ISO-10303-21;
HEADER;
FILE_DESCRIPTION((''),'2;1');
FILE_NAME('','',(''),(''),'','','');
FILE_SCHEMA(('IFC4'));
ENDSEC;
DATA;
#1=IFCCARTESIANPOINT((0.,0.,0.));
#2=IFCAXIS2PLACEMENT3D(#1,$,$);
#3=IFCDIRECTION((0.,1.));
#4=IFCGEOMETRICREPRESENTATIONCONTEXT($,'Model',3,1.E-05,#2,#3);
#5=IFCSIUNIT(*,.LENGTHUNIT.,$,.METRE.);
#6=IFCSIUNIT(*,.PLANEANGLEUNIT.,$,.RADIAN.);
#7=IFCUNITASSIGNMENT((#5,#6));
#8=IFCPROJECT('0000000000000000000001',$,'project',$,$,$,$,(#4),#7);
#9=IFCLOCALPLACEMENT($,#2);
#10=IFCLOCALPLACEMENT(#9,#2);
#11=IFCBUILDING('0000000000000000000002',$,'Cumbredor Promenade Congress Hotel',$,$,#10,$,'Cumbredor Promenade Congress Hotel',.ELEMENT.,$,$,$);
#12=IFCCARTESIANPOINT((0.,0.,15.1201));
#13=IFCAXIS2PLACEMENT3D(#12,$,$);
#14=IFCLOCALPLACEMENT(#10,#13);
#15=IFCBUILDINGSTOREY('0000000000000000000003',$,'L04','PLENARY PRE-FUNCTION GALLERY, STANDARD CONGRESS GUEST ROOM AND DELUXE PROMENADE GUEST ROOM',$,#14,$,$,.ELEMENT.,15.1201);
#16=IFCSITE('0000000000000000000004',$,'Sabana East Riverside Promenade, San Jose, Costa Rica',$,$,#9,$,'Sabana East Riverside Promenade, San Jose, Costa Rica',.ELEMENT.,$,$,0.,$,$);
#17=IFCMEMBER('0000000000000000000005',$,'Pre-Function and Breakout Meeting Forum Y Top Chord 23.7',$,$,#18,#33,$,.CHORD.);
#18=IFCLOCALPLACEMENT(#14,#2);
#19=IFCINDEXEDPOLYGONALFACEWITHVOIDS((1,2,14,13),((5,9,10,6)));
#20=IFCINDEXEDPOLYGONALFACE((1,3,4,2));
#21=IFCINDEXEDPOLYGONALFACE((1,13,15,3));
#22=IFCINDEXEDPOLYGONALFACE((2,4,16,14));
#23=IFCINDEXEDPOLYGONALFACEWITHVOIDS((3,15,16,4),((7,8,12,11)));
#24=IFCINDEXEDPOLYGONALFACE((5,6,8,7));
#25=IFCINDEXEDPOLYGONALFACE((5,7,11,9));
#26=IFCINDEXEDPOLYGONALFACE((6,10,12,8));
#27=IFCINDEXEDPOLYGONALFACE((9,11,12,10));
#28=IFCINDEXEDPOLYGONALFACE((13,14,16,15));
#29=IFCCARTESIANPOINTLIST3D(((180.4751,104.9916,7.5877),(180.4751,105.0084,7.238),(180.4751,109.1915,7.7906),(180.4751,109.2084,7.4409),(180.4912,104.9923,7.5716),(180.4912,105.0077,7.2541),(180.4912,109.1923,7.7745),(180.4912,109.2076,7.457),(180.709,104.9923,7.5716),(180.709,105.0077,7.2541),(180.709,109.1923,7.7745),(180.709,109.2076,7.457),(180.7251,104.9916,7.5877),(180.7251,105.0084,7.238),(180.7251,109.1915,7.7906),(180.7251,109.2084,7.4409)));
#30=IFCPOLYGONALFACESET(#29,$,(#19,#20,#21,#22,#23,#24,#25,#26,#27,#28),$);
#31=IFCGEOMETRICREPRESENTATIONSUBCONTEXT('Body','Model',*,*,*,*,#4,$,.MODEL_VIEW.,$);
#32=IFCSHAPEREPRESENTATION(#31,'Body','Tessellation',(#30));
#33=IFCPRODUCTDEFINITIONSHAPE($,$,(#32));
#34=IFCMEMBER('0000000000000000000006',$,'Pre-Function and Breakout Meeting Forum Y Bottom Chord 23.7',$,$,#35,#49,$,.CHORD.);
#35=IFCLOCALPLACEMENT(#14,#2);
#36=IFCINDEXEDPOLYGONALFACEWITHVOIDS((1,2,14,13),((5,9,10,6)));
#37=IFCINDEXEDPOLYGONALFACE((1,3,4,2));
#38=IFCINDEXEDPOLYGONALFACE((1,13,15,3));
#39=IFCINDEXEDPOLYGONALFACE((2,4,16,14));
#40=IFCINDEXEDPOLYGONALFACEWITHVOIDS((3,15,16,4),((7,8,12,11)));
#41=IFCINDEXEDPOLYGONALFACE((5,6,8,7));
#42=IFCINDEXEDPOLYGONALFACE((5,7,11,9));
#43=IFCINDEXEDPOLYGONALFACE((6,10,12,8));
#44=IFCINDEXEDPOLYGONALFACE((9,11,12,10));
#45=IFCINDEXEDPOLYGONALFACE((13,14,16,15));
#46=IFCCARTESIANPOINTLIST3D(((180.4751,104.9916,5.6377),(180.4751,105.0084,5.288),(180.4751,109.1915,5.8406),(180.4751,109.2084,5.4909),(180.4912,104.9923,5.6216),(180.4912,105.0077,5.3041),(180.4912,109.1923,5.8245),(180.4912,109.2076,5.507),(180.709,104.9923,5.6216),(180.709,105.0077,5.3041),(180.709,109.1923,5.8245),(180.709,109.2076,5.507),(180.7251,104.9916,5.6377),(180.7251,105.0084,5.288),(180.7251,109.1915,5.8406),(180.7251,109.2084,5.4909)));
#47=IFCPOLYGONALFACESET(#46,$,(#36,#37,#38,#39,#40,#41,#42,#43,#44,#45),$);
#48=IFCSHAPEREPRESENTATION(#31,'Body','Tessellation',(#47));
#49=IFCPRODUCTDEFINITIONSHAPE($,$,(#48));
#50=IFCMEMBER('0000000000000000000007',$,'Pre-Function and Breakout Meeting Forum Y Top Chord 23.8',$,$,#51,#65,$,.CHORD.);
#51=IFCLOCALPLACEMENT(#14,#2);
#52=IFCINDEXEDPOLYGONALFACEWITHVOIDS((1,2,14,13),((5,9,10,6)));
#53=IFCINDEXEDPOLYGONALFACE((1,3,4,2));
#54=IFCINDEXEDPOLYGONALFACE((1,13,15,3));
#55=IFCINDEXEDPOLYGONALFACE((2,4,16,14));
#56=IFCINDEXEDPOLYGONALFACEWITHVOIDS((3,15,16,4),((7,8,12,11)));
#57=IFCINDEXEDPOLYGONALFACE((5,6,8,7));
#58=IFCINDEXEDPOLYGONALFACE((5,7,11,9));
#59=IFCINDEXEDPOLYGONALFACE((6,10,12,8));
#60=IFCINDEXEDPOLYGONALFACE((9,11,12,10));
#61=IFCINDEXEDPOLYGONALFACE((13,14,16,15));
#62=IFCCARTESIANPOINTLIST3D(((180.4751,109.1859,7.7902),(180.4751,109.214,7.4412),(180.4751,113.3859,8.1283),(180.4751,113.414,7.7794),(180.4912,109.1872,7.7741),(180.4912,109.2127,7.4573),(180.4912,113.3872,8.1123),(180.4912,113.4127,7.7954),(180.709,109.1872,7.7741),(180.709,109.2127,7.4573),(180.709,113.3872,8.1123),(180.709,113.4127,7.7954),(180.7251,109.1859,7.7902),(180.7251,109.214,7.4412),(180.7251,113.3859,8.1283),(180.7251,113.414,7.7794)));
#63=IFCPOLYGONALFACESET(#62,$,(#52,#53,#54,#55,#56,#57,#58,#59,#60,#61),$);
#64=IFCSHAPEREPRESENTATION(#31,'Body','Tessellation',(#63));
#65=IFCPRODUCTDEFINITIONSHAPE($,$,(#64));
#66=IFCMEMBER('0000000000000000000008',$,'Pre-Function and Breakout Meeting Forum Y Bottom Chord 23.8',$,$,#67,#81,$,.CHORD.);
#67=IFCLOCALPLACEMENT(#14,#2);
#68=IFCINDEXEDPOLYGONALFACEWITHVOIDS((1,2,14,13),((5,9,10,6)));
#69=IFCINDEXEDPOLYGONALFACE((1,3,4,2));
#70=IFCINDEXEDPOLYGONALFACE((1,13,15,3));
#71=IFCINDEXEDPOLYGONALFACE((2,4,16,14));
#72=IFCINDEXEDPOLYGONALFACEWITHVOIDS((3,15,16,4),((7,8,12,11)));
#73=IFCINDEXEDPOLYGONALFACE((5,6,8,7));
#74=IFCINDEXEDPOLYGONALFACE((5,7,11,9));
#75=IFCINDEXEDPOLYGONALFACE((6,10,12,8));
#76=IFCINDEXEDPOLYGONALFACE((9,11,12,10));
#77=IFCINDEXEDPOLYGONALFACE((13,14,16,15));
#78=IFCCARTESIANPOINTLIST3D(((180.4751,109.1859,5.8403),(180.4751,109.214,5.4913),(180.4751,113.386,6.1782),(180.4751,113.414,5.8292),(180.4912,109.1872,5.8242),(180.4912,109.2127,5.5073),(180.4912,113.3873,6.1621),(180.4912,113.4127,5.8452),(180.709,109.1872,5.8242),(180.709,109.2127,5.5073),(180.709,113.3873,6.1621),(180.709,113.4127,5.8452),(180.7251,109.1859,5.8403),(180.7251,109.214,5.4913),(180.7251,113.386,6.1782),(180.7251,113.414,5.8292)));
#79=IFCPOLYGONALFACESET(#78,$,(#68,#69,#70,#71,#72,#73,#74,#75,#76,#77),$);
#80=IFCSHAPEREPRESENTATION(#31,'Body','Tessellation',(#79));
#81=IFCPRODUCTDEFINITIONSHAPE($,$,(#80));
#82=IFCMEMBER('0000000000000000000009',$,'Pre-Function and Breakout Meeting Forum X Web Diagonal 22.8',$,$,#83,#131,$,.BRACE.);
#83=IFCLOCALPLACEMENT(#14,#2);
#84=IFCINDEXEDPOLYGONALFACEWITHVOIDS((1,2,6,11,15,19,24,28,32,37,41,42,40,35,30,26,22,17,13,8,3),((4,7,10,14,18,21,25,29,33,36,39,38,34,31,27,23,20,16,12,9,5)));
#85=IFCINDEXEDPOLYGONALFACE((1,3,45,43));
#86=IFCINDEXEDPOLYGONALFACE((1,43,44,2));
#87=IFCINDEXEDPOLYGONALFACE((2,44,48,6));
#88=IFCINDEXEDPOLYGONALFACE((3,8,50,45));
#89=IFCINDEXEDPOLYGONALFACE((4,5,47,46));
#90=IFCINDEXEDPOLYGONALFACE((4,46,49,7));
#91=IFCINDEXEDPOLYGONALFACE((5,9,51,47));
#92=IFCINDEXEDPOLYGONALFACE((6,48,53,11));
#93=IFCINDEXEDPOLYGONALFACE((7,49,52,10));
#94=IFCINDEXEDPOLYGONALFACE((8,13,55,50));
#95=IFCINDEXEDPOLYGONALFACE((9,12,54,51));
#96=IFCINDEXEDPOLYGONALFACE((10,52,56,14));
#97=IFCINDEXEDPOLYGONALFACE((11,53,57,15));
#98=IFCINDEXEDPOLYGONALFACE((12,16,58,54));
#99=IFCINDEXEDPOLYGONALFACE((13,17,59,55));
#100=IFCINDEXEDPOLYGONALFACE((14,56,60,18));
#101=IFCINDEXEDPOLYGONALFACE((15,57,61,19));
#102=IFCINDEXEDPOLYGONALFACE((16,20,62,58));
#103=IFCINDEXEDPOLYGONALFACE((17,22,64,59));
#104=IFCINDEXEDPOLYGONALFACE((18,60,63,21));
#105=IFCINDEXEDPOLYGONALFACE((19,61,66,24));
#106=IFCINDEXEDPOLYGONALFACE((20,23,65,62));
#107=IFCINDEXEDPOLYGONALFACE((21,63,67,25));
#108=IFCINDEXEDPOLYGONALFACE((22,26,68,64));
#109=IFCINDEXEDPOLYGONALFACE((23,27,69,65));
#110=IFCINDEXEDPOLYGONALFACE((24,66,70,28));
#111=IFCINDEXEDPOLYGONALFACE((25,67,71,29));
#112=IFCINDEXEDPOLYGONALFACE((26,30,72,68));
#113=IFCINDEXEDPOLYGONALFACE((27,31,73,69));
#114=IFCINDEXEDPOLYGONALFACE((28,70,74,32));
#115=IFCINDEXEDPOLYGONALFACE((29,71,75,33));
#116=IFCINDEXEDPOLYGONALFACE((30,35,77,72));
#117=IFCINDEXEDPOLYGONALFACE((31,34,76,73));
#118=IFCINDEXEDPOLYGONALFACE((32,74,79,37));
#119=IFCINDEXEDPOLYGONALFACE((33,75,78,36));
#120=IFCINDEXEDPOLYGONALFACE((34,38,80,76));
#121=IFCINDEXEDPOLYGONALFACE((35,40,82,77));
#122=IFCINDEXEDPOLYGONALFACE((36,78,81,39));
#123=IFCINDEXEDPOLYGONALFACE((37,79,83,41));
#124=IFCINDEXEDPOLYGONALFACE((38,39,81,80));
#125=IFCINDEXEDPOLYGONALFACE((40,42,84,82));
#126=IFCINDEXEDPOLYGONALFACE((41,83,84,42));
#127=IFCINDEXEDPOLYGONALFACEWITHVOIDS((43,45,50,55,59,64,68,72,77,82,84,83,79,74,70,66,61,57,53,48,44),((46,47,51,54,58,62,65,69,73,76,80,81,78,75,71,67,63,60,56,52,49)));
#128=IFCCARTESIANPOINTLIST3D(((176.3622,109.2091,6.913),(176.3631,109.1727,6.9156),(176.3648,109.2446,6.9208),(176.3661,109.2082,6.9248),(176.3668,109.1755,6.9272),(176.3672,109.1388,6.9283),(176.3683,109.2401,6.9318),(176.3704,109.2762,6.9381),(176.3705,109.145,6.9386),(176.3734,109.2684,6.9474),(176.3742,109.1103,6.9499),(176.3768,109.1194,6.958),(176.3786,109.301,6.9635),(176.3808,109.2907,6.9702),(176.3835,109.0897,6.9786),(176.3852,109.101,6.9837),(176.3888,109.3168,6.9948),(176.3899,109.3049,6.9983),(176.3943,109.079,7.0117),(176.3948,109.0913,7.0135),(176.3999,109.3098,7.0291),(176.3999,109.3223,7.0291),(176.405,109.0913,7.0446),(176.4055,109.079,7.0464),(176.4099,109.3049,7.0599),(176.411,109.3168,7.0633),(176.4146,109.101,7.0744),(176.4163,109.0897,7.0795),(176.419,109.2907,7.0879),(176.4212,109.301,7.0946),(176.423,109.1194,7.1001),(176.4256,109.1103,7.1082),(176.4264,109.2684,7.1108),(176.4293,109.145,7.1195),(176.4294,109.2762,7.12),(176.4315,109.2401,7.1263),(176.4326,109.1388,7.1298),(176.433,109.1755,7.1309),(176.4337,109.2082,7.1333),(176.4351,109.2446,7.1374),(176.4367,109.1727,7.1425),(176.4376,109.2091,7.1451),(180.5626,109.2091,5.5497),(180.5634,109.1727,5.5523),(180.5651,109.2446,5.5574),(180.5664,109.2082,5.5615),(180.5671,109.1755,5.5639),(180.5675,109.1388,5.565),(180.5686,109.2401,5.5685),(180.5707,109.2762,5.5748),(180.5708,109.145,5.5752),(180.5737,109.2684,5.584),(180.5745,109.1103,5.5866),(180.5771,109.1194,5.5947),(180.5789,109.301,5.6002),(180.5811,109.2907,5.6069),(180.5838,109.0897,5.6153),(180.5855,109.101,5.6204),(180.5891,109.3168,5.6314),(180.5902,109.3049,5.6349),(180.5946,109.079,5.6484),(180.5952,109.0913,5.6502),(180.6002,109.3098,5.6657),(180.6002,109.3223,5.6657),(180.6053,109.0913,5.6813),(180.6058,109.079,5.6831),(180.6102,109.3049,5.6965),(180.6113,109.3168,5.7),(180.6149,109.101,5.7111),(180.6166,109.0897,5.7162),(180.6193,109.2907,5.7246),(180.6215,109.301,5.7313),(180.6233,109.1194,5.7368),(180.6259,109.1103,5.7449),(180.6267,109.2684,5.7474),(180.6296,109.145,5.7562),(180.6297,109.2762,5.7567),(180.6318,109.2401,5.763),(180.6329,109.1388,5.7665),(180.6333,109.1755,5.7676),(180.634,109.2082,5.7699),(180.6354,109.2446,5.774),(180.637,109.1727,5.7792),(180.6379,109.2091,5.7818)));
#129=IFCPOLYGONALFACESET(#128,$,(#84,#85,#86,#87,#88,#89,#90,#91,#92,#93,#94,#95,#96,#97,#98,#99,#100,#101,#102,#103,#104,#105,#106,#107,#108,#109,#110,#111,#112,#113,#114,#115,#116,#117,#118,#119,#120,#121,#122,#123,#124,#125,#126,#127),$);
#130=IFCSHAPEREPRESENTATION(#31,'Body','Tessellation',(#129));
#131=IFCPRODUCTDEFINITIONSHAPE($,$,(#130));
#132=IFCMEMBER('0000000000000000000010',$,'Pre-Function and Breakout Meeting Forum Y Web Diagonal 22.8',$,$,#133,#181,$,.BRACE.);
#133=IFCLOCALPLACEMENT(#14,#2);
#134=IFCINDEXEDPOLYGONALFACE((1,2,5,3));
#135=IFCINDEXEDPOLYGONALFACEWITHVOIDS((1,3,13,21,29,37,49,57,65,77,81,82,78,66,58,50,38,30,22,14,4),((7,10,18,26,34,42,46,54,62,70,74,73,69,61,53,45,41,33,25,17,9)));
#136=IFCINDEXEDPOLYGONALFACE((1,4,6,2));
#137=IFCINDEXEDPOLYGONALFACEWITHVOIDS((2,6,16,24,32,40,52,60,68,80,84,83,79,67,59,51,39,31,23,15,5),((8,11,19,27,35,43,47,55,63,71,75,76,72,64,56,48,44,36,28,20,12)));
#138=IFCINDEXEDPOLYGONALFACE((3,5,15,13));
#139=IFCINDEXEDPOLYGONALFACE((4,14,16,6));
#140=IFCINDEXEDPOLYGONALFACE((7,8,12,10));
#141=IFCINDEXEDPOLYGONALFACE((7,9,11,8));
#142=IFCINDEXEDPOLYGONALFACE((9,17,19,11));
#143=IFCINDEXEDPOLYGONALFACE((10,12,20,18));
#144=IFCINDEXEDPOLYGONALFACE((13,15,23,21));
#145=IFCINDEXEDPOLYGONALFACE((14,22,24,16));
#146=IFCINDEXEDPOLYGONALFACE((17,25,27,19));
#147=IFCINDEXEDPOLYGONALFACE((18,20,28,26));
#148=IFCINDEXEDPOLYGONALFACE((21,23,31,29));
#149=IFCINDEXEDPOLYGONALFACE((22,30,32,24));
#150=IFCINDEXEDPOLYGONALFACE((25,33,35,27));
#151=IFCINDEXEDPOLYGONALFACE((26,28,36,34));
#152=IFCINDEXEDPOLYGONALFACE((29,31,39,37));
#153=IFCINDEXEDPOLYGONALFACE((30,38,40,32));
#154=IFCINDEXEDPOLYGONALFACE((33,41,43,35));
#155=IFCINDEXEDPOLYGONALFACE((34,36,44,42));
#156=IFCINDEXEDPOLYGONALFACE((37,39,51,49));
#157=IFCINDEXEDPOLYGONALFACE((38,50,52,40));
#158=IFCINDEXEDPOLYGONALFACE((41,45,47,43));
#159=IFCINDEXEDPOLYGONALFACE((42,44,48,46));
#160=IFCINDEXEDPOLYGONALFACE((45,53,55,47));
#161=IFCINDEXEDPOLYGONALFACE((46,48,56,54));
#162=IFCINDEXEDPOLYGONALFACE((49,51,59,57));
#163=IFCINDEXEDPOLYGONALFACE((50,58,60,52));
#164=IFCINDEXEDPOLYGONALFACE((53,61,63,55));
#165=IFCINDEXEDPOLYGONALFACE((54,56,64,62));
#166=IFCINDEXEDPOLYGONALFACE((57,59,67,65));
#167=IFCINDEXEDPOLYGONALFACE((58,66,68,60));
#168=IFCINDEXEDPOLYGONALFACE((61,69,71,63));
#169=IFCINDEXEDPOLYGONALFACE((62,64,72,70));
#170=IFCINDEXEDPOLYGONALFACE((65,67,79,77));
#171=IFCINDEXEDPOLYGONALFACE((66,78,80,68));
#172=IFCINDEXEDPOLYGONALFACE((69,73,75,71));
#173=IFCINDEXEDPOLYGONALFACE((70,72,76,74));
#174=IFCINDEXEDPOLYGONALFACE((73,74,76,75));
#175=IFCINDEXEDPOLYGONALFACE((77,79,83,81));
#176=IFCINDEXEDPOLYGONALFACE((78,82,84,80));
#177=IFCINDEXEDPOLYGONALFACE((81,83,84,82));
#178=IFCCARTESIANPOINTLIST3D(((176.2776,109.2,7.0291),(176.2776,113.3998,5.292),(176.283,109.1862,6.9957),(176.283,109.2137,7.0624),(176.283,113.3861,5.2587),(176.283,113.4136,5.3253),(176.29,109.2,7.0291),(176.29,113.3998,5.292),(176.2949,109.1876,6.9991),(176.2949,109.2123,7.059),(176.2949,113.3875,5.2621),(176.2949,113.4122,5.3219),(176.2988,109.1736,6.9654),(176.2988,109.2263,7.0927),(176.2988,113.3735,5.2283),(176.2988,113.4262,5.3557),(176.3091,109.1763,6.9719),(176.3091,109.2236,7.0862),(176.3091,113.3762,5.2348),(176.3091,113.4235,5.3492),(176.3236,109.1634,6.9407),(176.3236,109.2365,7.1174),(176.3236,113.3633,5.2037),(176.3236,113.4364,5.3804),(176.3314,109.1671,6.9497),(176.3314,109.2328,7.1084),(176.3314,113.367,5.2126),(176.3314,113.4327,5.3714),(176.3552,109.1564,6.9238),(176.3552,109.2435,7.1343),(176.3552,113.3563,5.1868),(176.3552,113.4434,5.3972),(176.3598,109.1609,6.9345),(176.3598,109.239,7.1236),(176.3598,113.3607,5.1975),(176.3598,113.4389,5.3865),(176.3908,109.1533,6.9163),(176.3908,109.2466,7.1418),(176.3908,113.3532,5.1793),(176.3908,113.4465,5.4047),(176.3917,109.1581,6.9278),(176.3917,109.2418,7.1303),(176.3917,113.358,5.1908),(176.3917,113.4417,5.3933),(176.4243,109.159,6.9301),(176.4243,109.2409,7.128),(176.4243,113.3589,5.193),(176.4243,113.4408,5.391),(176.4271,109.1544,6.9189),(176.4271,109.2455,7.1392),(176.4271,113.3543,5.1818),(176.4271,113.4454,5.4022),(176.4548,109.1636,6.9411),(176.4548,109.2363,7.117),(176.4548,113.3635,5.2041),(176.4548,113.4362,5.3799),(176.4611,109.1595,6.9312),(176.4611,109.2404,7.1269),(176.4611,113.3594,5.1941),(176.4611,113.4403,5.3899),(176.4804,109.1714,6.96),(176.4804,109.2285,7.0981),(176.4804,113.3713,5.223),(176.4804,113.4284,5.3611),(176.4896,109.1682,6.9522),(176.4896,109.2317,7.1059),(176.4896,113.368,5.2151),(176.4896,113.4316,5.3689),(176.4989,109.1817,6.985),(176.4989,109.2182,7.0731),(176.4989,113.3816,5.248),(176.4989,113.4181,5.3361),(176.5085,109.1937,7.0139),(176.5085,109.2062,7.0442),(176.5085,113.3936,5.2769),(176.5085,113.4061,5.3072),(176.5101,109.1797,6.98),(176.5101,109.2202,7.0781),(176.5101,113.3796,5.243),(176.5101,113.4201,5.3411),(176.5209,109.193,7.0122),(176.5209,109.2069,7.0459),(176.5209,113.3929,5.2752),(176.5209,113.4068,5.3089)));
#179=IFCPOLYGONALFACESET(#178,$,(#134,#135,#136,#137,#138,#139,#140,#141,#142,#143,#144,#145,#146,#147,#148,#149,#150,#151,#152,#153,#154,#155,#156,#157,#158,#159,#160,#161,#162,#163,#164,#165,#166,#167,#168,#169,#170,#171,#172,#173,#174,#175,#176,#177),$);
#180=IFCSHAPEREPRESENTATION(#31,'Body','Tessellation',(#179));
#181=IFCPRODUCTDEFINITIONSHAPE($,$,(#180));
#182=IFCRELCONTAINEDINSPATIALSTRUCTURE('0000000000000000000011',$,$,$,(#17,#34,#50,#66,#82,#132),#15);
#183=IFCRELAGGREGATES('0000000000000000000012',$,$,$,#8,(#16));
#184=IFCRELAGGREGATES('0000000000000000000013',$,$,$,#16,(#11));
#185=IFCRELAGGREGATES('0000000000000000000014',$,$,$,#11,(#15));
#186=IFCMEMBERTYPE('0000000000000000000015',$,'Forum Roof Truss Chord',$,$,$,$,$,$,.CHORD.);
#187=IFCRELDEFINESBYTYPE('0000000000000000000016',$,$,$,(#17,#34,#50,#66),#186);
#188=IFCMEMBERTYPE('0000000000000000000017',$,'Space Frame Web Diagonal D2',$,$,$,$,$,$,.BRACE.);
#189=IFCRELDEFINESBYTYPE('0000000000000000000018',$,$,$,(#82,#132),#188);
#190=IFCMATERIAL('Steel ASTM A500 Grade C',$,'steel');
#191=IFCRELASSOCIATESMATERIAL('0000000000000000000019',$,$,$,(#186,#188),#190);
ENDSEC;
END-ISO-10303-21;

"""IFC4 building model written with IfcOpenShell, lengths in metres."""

from ifc_helpers import new_model, si_unit, direction, frame, origin, origin_2d, place, context, subcontext, project, spatial, hollow_rectangle, hollow_circle, extrude, material, material_profile, profile_set, type_object, element, save


model = new_model("IFC4")

# Units and contexts
model_context = context("Model", 3, precision=1e-05, world=origin(), true_north=direction((0.0, 1.0)))
body_context = subcontext(model_context, "Body", "Model", "MODEL_VIEW")
ifc_project = project(units=[si_unit("LENGTHUNIT", "METRE"), si_unit("PLANEANGLEUNIT", "RADIAN")], contexts=[model_context])

# Site, building, storey
site_placement = place(None, origin())
site = spatial("IfcSite", under=ifc_project, at=site_placement, Name="Sabana East Riverside Promenade, San Jose, Costa Rica", LongName="Sabana East Riverside Promenade, San Jose, Costa Rica", CompositionType="ELEMENT", RefElevation=0.0)
building_placement = place(site_placement, origin())
building = spatial("IfcBuilding", under=site, at=building_placement, Name="Cumbredor Promenade Congress Hotel", LongName="Cumbredor Promenade Congress Hotel", CompositionType="ELEMENT")
storey_placement = place(building_placement, frame((0.0, 0.0, 15.1201)))
storey = spatial("IfcBuildingStorey", under=building, at=storey_placement, Name="L04", Description="PLENARY PRE-FUNCTION GALLERY, STANDARD CONGRESS GUEST ROOM AND DELUXE PROMENADE GUEST ROOM", CompositionType="ELEMENT", Elevation=15.1201)

# Members
ifc_material_1 = material(Name="Steel ASTM A500 Grade C", Category="steel")
ifc_material_profile_1 = material_profile(ifc_material_1, hollow_rectangle(XDim=0.25, YDim=0.3501, WallThickness=0.0161, at=origin_2d()), Name="HSS 350x250x16")
ifc_profile_set_1 = profile_set([ifc_material_profile_1], Name="Steel ASTM A500 Grade C")
member_type_1 = type_object("IfcMemberType", Name="Forum Roof Truss Chord", PredefinedType="CHORD", material=ifc_profile_set_1)
for number, where, z_axis, x_axis, name in (
    (1, (180.6001, 105.0, 7.4128), (0.0, 0.998835, 0.048249), (-1.0, 0.0, 0.0), "Pre-Function and Breakout Meeting Forum Y Top Chord 23.7"),
    (2, (180.6001, 105.0, 5.4629), (0.0, 0.998835, 0.048249), (-1.0, 0.0, 0.0), "Pre-Function and Breakout Meeting Forum Y Bottom Chord 23.7"),
):
    element("IfcMember", number, at=place(storey_placement, frame(where, z_axis=z_axis, x_axis=x_axis)), inside=storey, type_object=member_type_1, Name=name, PredefinedType="CHORD", context=body_context, shape_type="SweptSolid", body=[
        extrude(hollow_rectangle(XDim=0.25, YDim=0.3501, WallThickness=0.0161, at=origin_2d()), origin(), (0.0, 0.0, 1.0), 4.2048),
    ])
for number, where, z_axis, x_axis, name in (
    (3, (180.6001, 109.2, 7.6157), (0.0, 0.996775, 0.08025), (-1.0, 0.0, 0.0), "Pre-Function and Breakout Meeting Forum Y Top Chord 23.8"),
    (4, (180.6001, 109.2, 5.6658), (0.0, 0.996779, 0.080192), (-1.0, 0.0, 0.0), "Pre-Function and Breakout Meeting Forum Y Bottom Chord 23.8"),
):
    element("IfcMember", number, at=place(storey_placement, frame(where, z_axis=z_axis, x_axis=x_axis)), inside=storey, type_object=member_type_1, Name=name, PredefinedType="CHORD", context=body_context, shape_type="SweptSolid", body=[
        extrude(hollow_rectangle(XDim=0.25, YDim=0.3501, WallThickness=0.0161, at=origin_2d()), origin(), (0.0, 0.0, 1.0), 4.2136),
    ])
ifc_material_profile_2 = material_profile(ifc_material_1, hollow_circle(Radius=0.1223, WallThickness=0.0125, at=origin_2d()), Name="CHS 244.5x12.5")
ifc_profile_set_2 = profile_set([ifc_material_profile_2], Name="Steel ASTM A500 Grade C")
member_type_2 = type_object("IfcMemberType", Name="Space Frame Web Diagonal D2", PredefinedType="BRACE", material=ifc_profile_set_2)
member_1_placement = place(storey_placement, frame((176.3999, 109.2, 7.0291), z_axis=(0.951153, 0.0, -0.308721), x_axis=(0.0, 1.0, 0.0)))
element("IfcMember", 5, at=member_1_placement, inside=storey, type_object=member_type_2, Name="Pre-Function and Breakout Meeting Forum X Web Diagonal 22.8", PredefinedType="BRACE", context=body_context, shape_type="SweptSolid", body=[
    extrude(hollow_circle(Radius=0.1223, WallThickness=0.0125, at=origin_2d()), origin(), (0.0, 0.0, 1.0), 4.416),
])
member_2_placement = place(storey_placement, frame((176.3999, 109.2, 7.0291), z_axis=(0.0, 0.924083, -0.382192), x_axis=(-1.0, 0.0, 0.0)))
element("IfcMember", 6, at=member_2_placement, inside=storey, type_object=member_type_2, Name="Pre-Function and Breakout Meeting Forum Y Web Diagonal 22.8", PredefinedType="BRACE", context=body_context, shape_type="SweptSolid", body=[
    extrude(hollow_circle(Radius=0.1223, WallThickness=0.0125, at=origin_2d()), origin(), (0.0, 0.0, 1.0), 4.5449),
])

save(model, "model.ifc")
